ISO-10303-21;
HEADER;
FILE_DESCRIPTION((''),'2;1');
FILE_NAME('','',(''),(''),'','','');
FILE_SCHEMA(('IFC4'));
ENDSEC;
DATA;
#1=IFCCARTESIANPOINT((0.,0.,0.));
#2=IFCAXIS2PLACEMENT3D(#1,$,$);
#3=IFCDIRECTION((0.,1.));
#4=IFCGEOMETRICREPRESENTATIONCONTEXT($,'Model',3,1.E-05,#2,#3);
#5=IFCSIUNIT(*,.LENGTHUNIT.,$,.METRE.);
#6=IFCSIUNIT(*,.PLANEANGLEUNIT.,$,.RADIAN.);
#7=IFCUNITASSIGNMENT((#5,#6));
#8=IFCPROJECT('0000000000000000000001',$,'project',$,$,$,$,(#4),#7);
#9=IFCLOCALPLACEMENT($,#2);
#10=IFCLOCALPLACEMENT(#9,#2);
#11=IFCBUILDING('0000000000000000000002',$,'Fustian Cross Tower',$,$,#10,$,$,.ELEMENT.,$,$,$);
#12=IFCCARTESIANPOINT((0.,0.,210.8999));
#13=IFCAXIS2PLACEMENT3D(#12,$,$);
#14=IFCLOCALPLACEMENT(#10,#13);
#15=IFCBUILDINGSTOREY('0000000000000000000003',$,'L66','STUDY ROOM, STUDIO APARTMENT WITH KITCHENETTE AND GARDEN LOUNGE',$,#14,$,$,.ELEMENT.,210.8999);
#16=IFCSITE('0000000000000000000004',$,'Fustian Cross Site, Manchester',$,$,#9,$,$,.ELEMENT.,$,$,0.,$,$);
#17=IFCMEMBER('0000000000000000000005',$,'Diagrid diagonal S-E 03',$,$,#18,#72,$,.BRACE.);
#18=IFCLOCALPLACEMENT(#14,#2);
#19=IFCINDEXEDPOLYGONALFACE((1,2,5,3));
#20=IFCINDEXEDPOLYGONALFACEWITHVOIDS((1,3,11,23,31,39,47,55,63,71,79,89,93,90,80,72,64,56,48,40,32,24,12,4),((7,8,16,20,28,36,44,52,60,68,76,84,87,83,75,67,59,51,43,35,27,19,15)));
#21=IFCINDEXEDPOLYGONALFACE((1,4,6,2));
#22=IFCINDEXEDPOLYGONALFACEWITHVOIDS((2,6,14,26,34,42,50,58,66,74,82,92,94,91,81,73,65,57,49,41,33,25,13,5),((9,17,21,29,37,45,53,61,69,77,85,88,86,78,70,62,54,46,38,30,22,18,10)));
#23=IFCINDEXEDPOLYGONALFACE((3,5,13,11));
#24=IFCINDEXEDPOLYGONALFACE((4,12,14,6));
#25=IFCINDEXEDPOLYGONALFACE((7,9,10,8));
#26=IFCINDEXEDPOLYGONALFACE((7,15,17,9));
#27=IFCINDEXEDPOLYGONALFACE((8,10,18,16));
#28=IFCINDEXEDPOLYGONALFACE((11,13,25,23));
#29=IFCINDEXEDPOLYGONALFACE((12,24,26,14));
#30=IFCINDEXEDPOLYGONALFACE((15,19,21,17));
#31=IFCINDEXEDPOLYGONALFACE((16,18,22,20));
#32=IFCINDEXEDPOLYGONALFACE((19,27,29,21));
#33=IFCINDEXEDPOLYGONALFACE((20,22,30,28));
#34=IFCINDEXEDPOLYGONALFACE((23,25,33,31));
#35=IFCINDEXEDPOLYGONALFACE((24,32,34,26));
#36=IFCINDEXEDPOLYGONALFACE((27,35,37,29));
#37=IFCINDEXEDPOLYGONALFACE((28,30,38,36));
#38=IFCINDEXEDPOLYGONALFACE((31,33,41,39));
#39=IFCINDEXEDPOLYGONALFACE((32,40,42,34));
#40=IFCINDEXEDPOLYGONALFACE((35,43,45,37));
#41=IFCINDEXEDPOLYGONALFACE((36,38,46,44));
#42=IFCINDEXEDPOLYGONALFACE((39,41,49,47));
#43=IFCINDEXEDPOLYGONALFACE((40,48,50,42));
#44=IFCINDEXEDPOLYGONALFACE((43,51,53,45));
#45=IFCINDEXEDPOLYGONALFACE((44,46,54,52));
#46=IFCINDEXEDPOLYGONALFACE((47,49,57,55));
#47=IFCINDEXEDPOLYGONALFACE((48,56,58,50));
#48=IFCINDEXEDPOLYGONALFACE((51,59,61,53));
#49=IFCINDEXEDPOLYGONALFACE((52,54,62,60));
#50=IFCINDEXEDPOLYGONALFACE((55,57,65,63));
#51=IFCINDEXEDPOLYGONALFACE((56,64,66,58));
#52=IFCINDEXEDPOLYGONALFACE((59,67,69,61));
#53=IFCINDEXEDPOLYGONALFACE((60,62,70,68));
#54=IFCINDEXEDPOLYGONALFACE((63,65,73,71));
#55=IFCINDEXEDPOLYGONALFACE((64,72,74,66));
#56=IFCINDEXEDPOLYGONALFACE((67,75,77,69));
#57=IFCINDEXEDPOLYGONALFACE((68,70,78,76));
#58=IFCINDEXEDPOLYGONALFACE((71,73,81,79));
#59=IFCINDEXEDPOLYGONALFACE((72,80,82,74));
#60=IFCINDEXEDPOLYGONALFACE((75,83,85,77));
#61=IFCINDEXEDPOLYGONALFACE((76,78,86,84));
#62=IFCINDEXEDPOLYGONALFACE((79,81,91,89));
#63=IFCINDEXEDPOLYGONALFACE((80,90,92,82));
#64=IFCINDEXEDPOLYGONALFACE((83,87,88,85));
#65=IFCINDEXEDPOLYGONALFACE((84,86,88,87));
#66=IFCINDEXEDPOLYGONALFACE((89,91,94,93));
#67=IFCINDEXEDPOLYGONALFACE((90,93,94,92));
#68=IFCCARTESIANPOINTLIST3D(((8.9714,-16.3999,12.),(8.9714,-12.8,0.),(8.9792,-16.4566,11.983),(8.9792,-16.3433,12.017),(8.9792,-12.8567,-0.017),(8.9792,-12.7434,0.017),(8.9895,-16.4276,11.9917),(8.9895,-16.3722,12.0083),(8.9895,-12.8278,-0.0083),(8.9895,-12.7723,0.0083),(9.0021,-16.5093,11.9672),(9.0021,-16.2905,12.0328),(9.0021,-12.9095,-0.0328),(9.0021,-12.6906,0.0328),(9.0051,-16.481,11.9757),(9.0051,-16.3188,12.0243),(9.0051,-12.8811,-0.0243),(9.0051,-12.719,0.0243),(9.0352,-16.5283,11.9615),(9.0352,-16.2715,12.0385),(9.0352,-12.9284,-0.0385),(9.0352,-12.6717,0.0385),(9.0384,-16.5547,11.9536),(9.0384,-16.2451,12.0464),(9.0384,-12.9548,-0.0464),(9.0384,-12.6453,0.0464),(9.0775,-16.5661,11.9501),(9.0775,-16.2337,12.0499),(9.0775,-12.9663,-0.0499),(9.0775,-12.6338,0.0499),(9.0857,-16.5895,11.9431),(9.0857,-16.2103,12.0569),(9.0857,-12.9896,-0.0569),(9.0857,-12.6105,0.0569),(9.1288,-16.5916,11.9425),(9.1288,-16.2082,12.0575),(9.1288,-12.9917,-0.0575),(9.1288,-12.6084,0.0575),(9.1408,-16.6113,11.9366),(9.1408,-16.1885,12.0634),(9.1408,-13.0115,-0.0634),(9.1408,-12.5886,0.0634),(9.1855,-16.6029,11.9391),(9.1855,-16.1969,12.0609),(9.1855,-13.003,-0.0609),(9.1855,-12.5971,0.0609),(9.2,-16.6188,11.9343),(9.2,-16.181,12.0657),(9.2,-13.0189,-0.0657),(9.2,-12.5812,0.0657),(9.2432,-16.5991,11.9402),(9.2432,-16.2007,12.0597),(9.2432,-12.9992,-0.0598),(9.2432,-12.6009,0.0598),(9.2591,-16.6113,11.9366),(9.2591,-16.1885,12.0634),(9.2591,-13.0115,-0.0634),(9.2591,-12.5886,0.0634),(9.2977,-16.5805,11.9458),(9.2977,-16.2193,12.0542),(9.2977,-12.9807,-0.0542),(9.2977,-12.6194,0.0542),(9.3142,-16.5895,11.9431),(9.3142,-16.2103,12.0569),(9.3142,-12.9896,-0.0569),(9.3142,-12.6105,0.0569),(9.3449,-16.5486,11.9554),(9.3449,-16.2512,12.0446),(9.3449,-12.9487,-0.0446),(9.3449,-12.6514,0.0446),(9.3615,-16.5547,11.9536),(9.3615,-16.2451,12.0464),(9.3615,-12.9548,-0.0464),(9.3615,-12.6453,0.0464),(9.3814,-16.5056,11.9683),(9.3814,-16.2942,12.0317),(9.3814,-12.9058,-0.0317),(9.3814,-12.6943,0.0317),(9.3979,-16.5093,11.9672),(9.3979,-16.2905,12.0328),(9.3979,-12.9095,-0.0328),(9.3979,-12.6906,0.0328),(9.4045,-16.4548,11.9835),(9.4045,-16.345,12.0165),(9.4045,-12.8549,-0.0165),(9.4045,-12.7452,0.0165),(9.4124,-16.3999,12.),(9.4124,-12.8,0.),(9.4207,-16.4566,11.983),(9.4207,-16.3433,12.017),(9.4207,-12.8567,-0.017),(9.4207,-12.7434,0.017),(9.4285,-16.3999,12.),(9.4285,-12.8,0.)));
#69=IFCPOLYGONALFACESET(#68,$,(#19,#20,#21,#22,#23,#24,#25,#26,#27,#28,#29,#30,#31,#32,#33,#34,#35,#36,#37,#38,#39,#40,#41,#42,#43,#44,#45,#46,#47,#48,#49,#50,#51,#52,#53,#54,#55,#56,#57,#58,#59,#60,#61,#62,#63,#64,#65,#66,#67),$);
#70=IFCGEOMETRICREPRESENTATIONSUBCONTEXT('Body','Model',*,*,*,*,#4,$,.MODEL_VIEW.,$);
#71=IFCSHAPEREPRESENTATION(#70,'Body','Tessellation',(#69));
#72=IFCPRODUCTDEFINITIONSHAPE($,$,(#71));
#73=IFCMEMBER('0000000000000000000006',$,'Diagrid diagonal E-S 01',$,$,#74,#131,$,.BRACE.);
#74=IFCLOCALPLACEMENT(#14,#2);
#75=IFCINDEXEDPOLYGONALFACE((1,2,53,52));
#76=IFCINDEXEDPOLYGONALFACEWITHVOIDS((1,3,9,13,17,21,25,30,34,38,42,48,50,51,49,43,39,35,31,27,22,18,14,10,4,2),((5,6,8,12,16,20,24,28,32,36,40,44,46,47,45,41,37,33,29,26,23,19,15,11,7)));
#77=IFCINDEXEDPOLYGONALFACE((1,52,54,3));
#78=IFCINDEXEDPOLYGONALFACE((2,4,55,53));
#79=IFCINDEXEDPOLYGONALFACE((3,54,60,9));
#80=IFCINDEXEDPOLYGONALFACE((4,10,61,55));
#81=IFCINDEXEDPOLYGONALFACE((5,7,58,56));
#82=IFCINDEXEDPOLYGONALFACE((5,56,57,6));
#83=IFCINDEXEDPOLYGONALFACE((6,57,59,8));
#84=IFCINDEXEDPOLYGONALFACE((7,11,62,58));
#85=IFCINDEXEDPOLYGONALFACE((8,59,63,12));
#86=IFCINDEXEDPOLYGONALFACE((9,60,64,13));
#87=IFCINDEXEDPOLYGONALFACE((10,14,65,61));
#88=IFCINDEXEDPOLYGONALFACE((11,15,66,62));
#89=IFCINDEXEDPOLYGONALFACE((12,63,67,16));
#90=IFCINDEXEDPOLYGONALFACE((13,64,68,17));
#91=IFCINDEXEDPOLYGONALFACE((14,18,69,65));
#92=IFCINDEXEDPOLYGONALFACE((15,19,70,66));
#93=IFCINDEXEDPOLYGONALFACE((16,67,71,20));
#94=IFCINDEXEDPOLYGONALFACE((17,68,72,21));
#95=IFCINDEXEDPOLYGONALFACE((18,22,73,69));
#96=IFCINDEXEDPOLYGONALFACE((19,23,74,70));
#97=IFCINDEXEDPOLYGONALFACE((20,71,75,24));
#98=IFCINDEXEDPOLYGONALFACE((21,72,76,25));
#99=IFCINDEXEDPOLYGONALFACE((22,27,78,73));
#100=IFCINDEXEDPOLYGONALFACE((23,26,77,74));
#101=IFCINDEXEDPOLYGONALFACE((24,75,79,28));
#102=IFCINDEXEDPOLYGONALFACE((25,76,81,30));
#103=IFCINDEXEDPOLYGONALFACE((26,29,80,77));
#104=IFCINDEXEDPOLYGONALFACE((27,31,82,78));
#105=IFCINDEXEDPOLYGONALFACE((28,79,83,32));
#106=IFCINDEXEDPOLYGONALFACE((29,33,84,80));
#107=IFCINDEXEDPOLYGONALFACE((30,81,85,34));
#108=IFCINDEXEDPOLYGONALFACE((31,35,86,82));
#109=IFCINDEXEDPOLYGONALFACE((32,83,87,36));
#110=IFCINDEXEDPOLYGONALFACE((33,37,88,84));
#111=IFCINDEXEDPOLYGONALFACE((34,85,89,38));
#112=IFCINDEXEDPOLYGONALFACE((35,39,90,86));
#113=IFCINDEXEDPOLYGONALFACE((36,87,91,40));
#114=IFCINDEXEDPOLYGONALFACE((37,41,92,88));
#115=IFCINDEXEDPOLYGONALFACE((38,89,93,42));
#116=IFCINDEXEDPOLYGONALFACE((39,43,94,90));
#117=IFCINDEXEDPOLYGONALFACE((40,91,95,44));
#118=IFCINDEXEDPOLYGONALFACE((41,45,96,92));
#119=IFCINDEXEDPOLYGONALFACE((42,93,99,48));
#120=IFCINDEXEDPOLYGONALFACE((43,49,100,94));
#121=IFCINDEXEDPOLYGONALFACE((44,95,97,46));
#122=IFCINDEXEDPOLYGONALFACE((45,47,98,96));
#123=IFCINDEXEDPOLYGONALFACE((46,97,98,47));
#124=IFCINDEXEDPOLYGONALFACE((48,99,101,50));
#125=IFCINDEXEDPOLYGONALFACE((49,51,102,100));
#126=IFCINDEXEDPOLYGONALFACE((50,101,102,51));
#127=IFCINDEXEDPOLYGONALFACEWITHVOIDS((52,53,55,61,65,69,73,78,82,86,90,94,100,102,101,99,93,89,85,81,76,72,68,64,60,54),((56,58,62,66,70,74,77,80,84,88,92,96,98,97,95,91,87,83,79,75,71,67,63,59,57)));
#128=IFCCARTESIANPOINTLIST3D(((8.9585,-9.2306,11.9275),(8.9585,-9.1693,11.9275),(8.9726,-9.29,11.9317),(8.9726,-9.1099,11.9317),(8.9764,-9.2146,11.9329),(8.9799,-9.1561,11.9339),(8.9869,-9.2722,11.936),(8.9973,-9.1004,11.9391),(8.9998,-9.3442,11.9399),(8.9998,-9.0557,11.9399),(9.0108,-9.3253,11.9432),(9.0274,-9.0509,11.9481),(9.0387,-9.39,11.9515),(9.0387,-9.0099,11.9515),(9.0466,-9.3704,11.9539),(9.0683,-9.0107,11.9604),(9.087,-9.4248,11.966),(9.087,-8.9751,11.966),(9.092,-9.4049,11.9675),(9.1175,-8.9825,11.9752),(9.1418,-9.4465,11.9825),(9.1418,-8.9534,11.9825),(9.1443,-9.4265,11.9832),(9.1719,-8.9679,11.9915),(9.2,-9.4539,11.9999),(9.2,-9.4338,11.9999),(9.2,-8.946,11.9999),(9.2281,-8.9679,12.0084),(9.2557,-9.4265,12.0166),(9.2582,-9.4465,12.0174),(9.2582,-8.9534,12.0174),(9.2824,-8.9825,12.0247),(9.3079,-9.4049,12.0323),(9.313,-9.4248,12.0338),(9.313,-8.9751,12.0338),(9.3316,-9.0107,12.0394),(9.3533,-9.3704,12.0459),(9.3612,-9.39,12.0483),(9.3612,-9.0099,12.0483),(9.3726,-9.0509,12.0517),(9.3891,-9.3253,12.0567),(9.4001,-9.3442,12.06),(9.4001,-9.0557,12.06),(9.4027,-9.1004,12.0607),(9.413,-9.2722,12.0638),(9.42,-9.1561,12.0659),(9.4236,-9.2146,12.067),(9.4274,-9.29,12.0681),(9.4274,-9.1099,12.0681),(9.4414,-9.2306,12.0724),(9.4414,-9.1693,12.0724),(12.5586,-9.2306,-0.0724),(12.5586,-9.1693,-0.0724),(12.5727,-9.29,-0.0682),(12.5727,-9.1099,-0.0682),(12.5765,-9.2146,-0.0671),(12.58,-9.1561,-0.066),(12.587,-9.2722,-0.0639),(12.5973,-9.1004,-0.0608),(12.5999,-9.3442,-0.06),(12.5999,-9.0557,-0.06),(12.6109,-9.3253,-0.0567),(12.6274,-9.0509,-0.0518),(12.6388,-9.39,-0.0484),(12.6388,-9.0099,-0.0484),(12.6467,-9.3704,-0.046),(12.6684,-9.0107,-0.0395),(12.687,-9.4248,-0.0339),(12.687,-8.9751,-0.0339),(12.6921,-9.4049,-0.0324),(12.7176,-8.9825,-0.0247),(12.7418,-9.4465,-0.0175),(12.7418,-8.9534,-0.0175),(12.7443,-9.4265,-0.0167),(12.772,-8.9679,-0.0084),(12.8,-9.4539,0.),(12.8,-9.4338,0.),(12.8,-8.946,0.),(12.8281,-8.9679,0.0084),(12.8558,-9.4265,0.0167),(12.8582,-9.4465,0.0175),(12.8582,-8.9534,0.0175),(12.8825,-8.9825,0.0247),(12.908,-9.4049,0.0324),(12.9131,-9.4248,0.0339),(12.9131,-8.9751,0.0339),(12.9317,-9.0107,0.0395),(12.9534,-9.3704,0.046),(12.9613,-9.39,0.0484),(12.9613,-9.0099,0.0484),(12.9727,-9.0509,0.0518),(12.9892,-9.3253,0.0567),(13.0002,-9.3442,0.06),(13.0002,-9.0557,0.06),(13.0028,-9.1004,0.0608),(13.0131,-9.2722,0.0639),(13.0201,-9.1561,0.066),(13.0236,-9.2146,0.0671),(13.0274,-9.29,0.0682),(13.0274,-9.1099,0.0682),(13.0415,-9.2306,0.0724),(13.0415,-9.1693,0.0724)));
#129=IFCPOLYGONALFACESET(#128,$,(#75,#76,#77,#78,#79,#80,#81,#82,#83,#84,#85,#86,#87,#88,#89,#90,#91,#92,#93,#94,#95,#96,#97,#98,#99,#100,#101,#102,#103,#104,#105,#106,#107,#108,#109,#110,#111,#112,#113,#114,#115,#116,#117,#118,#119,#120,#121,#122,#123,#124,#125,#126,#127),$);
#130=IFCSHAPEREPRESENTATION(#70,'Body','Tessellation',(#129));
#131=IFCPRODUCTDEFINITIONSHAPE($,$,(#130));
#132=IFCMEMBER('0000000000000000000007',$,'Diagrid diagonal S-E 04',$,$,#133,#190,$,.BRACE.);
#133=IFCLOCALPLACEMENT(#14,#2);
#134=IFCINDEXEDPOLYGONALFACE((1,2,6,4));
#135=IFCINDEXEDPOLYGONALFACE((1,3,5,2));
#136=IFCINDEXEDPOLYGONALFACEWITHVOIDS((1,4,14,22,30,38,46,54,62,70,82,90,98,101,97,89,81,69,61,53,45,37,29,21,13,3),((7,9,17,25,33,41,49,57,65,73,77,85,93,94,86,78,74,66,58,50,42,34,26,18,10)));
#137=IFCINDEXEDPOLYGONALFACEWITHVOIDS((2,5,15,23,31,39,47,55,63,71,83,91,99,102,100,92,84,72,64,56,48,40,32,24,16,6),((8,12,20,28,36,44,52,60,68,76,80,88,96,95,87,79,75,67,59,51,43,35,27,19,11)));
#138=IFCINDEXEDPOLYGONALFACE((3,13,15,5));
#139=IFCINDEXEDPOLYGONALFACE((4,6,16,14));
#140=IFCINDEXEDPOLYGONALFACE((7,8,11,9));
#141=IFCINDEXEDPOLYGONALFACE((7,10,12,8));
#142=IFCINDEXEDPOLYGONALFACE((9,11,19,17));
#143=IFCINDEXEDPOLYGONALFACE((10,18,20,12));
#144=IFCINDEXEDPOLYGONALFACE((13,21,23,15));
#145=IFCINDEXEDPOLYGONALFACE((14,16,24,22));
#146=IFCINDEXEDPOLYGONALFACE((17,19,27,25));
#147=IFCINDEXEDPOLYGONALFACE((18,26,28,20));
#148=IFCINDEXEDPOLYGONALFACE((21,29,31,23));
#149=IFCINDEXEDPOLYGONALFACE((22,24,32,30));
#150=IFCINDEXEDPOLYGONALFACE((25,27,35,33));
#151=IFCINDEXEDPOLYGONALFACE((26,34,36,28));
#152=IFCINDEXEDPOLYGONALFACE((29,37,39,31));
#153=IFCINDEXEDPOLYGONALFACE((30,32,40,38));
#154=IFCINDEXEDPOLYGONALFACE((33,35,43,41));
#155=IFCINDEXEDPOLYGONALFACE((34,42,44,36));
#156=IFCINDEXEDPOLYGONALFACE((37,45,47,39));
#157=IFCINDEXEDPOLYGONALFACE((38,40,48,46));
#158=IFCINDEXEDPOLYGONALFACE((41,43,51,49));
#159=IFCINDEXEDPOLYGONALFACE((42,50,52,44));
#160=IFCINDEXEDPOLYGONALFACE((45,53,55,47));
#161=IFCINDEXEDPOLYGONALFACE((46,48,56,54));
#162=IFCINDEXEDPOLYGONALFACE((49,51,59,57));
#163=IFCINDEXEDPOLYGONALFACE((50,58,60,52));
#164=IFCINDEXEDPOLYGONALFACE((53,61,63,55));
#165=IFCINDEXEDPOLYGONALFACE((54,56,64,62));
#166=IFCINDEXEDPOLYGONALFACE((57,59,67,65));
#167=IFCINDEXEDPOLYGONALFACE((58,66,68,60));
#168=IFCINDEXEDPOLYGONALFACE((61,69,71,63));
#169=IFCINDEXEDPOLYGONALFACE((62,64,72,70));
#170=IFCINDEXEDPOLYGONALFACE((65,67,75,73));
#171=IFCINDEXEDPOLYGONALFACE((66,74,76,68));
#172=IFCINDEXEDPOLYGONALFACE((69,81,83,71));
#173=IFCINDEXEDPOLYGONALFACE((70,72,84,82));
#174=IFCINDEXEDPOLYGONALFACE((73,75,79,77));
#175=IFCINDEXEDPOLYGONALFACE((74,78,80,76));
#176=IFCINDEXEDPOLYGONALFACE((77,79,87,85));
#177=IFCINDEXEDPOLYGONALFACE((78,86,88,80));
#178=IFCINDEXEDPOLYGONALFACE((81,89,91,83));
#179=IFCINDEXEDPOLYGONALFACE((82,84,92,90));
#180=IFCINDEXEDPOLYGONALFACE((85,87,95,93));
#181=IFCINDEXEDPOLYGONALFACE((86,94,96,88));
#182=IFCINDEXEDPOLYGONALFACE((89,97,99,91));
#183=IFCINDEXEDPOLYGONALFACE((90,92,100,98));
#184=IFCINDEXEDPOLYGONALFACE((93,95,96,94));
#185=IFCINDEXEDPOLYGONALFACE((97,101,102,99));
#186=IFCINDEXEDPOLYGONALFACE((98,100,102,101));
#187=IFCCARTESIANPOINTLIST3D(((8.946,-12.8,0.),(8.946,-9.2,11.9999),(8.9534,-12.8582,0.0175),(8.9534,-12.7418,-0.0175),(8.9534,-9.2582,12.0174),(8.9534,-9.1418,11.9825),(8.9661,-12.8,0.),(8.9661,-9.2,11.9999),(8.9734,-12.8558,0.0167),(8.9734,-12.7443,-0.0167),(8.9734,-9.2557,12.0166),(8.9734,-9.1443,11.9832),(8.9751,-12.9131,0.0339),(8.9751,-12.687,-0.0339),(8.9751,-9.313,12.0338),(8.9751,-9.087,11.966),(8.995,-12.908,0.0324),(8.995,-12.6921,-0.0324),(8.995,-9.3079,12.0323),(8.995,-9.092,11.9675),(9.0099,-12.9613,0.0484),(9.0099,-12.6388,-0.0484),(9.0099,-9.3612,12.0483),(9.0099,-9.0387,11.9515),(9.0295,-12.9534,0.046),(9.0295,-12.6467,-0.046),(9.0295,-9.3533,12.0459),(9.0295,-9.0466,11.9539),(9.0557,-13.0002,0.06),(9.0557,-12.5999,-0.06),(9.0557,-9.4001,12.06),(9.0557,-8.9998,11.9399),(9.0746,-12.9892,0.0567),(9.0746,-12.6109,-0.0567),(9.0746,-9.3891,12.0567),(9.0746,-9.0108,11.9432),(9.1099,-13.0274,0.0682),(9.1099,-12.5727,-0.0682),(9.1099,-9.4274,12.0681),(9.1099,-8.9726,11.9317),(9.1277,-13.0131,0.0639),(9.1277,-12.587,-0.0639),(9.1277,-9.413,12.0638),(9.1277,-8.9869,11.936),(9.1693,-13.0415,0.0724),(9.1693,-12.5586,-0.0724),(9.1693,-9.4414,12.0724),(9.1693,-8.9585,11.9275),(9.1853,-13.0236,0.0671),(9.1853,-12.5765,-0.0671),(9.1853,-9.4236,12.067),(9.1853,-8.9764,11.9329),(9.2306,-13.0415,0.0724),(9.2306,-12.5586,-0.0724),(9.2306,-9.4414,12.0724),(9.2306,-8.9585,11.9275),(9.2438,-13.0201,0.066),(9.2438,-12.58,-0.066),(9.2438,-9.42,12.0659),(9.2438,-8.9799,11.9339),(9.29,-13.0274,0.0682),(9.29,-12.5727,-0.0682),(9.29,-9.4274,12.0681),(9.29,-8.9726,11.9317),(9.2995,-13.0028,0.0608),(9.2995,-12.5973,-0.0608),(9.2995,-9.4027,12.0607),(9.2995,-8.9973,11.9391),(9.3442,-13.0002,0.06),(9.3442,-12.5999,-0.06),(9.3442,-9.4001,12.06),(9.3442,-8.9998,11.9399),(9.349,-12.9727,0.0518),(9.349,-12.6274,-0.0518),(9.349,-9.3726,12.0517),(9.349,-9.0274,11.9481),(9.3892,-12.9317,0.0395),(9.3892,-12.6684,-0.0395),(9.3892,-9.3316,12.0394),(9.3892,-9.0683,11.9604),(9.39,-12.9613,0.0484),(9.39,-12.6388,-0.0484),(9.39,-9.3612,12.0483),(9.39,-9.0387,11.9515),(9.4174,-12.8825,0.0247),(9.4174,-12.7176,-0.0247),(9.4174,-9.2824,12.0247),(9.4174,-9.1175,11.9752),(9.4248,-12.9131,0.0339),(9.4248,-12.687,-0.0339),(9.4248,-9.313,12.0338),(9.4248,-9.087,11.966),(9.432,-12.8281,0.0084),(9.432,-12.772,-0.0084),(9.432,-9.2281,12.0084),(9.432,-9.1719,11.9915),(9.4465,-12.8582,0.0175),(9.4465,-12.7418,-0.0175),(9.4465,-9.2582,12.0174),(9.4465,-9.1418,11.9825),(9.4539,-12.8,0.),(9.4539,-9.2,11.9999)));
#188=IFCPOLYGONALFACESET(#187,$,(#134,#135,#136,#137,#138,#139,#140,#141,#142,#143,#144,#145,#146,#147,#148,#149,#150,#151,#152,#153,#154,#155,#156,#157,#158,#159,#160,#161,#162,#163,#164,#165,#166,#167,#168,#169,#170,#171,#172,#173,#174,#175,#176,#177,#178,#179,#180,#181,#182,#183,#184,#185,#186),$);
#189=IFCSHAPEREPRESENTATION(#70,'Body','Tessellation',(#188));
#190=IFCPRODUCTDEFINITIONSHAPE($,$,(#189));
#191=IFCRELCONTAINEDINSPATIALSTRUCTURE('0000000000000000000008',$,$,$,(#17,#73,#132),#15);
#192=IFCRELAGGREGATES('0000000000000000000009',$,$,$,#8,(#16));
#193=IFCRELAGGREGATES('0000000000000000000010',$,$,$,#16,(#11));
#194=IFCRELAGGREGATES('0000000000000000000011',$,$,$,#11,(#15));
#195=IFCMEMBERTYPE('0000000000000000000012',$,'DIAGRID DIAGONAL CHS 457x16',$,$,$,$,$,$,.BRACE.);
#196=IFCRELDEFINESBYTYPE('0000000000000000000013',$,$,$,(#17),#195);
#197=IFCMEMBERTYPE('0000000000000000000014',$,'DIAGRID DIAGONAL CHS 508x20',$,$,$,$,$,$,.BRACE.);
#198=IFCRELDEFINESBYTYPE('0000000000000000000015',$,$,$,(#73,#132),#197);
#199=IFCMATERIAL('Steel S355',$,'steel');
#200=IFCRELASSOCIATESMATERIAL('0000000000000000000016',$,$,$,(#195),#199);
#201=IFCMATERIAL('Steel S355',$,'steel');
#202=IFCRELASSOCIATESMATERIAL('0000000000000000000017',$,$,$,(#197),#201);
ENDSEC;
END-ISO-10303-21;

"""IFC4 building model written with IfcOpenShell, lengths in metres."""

from ifc_helpers import new_model, si_unit, direction, frame, origin, origin_2d, place, context, subcontext, project, spatial, hollow_circle, extrude, material, material_profile, profile_set, type_object, element, save


model = new_model("IFC4")

# Units and contexts
model_context = context("Model", 3, precision=1e-05, world=origin(), true_north=direction((0.0, 1.0)))
body_context = subcontext(model_context, "Body", "Model", "MODEL_VIEW")
ifc_project = project(units=[si_unit("LENGTHUNIT", "METRE"), si_unit("PLANEANGLEUNIT", "RADIAN")], contexts=[model_context])

# Site, building, storey
site_placement = place(None, origin())
site = spatial("IfcSite", under=ifc_project, at=site_placement, Name="Fustian Cross Site, Manchester", CompositionType="ELEMENT", RefElevation=0.0)
building_placement = place(site_placement, origin())
building = spatial("IfcBuilding", under=site, at=building_placement, Name="Fustian Cross Tower", CompositionType="ELEMENT")
storey_placement = place(building_placement, frame((0.0, 0.0, 210.8999)))
storey = spatial("IfcBuildingStorey", under=building, at=storey_placement, Name="L66", Description="STUDY ROOM, STUDIO APARTMENT WITH KITCHENETTE AND GARDEN LOUNGE", CompositionType="ELEMENT", Elevation=210.8999)

# Members
ifc_material_1 = material(Name="Steel S355", Category="steel")
ifc_material_profile_1 = material_profile(ifc_material_1, hollow_circle(Radius=0.2285, WallThickness=0.0161, at=origin_2d()), Name="CHS 457x16")
ifc_profile_set_1 = profile_set([ifc_material_profile_1], Name="Steel S355")
member_type_1 = type_object("IfcMemberType", Name="DIAGRID DIAGONAL CHS 457x16", PredefinedType="BRACE", material=ifc_profile_set_1)
for number, where, z_axis, x_axis, name in (
    (1, (9.2, -12.8, 0.0), (0.0, -0.287337, 0.95783), (1.0, 0.0, 0.0), "Diagrid diagonal S-E 03"),
):
    element("IfcMember", number, at=place(storey_placement, frame(where, z_axis=z_axis, x_axis=x_axis)), inside=storey, type_object=member_type_1, Name=name, PredefinedType="BRACE", context=body_context, shape_type="SweptSolid", body=[
        extrude(hollow_circle(Radius=0.2285, WallThickness=0.0161, at=origin_2d()), origin(), (0.0, 0.0, 1.0), 12.5283),
    ])
ifc_material_2 = material(Name="Steel S355", Category="steel")
ifc_material_profile_2 = material_profile(ifc_material_2, hollow_circle(Radius=0.2539, WallThickness=0.02, at=origin_2d()), Name="CHS 508x20")
ifc_profile_set_2 = profile_set([ifc_material_profile_2], Name="Steel S355")
member_type_2 = type_object("IfcMemberType", Name="DIAGRID DIAGONAL CHS 508x20", PredefinedType="BRACE", material=ifc_profile_set_2)
for number, where, z_axis, x_axis, name in (
    (2, (12.8, -9.2, 0.0), (-0.287355, 0.0, 0.957824), (0.0, -1.0, 0.0), "Diagrid diagonal E-S 01"),
    (3, (9.2, -12.8, 0.0), (0.0, 0.287355, 0.957824), (-1.0, 0.0, 0.0), "Diagrid diagonal S-E 04"),
):
    element("IfcMember", number, at=place(storey_placement, frame(where, z_axis=z_axis, x_axis=x_axis)), inside=storey, type_object=member_type_2, Name=name, PredefinedType="BRACE", context=body_context, shape_type="SweptSolid", body=[
        extrude(hollow_circle(Radius=0.2539, WallThickness=0.02, at=origin_2d()), origin(), (0.0, 0.0, 1.0), 12.5283),
    ])

save(model, "model.ifc")
